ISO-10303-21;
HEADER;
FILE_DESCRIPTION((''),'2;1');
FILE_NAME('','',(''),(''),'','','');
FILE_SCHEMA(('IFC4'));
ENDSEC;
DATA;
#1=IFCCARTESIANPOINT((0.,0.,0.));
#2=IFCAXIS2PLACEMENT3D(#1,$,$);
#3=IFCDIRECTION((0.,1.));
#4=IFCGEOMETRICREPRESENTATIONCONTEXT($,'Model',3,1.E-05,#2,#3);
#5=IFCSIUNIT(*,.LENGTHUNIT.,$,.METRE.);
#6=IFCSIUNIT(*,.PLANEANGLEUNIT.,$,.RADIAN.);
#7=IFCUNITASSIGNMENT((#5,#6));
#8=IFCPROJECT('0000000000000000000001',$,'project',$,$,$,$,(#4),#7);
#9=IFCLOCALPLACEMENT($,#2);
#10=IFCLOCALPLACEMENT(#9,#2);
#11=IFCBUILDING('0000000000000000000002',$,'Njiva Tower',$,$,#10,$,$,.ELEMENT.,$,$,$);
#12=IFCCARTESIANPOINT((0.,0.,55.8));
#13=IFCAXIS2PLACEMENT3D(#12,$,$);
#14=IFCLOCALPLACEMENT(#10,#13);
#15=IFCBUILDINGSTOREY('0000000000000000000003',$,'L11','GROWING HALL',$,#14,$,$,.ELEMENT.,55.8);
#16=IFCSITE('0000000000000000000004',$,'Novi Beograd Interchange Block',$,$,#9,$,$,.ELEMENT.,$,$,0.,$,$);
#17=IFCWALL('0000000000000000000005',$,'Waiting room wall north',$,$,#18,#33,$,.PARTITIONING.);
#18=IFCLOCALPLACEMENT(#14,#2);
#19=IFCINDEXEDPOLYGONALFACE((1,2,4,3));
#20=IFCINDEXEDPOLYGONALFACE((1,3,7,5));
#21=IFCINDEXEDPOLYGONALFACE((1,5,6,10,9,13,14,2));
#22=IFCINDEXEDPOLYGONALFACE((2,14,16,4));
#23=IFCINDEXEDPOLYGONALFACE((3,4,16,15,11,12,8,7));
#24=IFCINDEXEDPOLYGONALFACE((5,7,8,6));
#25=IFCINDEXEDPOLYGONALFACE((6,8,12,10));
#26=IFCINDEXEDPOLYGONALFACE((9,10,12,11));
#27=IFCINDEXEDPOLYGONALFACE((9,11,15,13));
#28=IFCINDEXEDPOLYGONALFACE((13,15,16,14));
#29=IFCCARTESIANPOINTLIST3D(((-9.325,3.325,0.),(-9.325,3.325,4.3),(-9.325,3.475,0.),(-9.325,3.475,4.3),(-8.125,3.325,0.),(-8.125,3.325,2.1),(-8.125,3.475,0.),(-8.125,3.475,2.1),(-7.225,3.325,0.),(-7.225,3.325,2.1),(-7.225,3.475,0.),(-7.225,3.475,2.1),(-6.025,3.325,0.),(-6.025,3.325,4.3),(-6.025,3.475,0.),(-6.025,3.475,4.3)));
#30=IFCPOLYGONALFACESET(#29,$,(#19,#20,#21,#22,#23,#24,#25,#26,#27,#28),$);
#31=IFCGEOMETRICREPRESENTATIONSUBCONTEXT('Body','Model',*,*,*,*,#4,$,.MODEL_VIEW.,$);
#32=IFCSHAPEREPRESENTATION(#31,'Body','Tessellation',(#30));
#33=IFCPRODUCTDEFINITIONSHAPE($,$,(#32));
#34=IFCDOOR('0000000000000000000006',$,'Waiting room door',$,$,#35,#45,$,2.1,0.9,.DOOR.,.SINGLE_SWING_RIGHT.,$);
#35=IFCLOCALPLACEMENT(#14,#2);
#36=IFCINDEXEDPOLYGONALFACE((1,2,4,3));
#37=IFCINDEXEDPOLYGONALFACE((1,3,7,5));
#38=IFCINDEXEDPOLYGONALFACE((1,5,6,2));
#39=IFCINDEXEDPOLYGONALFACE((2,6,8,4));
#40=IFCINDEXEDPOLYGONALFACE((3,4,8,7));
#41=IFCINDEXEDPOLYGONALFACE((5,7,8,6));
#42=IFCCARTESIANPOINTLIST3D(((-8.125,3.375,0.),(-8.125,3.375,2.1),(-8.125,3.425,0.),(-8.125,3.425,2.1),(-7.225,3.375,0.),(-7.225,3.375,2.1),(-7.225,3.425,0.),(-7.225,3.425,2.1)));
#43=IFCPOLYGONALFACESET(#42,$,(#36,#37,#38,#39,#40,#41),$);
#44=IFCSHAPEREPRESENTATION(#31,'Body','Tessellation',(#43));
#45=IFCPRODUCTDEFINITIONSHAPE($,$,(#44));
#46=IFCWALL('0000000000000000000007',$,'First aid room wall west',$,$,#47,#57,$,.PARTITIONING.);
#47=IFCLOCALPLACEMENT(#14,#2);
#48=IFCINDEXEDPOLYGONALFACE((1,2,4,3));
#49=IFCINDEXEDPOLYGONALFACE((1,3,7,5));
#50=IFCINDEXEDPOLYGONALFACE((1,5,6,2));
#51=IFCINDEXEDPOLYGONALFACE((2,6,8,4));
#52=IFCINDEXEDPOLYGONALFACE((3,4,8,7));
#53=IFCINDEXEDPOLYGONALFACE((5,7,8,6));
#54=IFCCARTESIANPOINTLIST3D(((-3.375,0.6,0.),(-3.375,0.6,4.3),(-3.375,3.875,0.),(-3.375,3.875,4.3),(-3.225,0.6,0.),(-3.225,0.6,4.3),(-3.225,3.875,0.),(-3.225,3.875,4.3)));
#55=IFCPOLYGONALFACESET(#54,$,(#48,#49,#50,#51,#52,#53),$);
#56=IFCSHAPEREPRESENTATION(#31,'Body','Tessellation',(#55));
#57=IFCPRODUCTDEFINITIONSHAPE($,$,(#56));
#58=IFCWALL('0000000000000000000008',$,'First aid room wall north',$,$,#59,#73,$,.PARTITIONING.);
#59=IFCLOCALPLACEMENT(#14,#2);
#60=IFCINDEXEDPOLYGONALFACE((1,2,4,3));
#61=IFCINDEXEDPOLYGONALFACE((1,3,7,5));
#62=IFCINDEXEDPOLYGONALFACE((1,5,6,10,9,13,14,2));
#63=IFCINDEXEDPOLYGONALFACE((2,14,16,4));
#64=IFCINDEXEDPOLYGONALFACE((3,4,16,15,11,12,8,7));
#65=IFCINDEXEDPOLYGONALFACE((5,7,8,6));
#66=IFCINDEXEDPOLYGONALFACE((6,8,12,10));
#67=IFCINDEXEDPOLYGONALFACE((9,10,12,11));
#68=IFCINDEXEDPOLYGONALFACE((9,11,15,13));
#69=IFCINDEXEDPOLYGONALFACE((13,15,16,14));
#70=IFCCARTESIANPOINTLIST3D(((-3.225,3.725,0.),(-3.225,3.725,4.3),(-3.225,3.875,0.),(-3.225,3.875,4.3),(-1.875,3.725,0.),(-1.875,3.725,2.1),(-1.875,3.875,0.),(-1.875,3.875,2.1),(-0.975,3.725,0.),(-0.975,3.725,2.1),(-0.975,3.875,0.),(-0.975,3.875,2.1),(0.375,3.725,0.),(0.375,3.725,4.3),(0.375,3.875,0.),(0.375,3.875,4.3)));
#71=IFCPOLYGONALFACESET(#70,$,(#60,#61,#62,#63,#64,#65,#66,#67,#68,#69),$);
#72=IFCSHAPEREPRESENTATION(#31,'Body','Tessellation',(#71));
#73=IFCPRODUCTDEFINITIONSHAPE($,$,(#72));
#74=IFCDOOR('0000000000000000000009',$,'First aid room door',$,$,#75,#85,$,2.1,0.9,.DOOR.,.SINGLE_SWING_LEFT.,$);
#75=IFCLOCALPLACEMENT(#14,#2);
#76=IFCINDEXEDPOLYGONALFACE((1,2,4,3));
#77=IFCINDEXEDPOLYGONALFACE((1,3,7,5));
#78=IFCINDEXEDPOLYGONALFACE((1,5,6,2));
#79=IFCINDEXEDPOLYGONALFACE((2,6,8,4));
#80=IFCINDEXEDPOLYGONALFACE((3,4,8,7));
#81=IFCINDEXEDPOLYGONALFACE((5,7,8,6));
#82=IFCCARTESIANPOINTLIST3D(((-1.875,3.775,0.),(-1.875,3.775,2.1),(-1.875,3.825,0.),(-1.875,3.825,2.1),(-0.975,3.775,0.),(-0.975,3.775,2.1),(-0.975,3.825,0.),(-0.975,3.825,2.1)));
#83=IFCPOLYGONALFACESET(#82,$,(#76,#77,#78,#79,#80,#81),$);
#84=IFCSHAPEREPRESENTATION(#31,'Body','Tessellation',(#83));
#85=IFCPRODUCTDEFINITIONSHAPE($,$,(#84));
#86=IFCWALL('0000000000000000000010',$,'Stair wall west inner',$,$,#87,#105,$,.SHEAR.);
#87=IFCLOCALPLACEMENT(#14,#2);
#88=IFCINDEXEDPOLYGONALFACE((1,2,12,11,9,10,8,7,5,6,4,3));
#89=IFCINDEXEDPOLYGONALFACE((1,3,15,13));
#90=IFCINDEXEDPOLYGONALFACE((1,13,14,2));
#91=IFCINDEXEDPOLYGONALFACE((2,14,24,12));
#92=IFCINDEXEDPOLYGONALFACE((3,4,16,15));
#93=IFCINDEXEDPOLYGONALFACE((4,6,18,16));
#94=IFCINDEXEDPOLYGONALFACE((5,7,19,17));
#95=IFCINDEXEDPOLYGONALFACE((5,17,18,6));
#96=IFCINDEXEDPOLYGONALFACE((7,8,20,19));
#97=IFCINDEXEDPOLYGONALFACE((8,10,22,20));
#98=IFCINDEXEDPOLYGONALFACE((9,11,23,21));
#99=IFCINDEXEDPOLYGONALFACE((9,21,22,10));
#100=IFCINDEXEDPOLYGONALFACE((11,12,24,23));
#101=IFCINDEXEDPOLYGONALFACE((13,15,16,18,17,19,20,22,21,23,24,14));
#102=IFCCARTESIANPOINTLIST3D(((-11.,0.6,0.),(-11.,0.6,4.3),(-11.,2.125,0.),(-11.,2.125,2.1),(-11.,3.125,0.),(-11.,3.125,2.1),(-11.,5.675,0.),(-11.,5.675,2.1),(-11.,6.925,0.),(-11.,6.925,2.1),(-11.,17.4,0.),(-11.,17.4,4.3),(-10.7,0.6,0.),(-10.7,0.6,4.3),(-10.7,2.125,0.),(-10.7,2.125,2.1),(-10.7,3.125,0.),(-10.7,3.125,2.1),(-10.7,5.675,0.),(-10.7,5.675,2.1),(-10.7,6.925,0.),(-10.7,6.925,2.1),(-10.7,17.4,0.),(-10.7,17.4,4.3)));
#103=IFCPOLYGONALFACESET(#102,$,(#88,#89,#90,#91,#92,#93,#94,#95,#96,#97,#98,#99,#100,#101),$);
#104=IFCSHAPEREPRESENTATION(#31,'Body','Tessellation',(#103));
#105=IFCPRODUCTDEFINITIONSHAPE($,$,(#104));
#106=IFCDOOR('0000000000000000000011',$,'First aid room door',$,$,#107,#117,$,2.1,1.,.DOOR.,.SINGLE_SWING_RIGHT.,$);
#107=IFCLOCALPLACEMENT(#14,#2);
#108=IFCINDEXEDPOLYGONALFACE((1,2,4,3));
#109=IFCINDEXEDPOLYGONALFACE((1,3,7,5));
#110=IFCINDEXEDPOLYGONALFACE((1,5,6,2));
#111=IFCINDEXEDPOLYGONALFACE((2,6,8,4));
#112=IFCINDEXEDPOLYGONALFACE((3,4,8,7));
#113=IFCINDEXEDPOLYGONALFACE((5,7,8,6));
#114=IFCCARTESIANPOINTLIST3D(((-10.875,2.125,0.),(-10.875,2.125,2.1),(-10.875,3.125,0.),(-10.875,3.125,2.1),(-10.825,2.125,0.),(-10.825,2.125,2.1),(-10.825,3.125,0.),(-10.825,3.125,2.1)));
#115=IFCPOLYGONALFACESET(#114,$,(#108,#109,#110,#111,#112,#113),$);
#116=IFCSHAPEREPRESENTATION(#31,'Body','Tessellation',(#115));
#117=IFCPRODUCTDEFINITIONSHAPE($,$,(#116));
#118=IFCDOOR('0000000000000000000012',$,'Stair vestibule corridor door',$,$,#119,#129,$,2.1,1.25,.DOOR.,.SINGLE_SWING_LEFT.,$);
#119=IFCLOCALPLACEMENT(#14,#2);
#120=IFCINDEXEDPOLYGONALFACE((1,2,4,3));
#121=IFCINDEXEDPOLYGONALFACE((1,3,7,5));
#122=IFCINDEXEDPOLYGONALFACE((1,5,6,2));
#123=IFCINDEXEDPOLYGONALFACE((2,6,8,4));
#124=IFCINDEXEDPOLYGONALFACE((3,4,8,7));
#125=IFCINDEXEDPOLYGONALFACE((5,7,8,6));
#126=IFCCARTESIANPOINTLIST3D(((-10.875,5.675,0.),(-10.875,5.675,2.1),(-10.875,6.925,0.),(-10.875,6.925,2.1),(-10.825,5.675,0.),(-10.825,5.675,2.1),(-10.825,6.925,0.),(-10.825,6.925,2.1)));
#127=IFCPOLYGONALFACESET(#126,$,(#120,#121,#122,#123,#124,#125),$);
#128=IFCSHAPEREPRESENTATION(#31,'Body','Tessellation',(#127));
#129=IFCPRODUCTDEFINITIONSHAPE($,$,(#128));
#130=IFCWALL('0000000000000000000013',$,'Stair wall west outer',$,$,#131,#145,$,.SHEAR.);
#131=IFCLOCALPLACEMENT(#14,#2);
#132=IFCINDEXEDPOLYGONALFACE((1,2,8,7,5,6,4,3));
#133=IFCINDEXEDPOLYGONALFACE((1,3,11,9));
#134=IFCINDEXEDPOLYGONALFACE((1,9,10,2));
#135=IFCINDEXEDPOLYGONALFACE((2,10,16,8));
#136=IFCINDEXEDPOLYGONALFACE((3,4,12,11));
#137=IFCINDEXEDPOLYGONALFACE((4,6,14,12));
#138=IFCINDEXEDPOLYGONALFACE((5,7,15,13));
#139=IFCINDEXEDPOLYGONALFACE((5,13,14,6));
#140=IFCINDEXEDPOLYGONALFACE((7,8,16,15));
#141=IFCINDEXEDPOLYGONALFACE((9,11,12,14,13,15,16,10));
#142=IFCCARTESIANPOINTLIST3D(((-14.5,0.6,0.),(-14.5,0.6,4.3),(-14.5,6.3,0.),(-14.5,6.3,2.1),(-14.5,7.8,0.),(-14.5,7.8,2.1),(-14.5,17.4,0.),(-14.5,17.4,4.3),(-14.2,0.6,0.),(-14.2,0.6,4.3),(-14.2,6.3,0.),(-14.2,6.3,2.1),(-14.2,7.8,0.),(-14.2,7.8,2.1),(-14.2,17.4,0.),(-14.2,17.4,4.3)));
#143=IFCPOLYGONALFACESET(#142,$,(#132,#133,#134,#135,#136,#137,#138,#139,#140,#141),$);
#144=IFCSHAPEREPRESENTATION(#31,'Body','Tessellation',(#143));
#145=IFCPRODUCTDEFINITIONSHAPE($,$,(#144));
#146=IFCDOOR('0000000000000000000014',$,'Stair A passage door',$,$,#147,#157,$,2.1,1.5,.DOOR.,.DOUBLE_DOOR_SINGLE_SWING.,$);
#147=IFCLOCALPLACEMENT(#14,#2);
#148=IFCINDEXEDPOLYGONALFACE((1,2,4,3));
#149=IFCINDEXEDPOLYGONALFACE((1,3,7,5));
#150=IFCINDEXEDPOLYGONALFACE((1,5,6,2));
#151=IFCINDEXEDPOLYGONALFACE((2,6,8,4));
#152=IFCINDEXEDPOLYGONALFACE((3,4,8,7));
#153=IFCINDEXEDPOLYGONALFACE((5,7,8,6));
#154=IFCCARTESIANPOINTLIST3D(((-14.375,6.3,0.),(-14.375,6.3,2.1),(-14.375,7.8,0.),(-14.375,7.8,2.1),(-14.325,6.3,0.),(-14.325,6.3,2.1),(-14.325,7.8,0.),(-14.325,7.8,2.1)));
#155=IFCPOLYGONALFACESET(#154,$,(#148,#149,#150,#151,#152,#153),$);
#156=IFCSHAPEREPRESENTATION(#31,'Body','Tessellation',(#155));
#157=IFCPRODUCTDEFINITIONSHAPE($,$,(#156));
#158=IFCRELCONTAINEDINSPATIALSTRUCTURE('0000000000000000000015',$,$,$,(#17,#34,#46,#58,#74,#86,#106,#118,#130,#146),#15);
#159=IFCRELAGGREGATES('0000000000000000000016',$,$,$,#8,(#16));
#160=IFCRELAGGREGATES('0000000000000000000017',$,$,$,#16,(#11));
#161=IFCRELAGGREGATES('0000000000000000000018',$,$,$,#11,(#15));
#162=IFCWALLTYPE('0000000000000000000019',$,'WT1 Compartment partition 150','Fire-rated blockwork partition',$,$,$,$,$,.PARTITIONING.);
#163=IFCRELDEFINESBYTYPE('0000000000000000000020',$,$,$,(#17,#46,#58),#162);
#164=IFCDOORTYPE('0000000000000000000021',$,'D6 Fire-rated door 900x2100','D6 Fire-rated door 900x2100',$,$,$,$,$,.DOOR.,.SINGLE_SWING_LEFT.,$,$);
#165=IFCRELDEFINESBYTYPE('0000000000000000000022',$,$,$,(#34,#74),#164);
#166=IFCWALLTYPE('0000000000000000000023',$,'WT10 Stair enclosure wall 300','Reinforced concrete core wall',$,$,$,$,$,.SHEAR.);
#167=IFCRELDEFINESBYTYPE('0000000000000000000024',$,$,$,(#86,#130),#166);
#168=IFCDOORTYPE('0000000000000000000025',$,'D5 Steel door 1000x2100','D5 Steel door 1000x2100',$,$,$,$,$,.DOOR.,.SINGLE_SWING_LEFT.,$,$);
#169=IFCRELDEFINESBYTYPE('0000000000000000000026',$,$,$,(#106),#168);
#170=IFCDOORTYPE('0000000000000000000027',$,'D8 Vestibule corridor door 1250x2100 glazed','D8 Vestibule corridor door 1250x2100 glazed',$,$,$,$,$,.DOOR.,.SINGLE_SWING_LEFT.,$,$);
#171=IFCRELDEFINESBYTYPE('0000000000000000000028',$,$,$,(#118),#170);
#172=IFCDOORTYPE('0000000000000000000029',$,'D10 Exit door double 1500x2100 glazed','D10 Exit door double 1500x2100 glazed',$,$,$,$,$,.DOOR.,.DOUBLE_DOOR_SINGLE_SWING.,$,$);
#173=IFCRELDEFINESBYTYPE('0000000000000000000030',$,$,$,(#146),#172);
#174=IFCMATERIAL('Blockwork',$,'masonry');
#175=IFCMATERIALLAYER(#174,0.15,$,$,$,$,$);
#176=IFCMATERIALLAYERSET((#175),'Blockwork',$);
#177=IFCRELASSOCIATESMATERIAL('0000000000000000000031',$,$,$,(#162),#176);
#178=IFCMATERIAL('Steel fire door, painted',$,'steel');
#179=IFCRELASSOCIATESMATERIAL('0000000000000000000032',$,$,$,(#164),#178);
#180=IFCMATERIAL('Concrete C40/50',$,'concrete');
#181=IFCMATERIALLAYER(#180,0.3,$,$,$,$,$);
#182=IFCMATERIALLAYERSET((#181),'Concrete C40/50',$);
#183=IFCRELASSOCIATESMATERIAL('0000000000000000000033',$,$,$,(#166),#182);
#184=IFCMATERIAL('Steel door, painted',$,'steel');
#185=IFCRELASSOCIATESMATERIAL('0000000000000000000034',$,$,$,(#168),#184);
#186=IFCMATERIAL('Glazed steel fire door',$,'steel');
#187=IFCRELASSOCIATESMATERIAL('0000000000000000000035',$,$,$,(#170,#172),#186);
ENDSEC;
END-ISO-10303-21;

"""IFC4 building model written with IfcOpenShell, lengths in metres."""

from ifc_helpers import new_model, si_unit, direction, frame, frame_2d, origin, place, context, subcontext, project, spatial, rectangle, extrude, material, layer, layer_set, type_object, element, fill, save


model = new_model("IFC4")

# Units and contexts
model_context = context("Model", 3, precision=1e-05, world=origin(), true_north=direction((0.0, 1.0)))
body_context = subcontext(model_context, "Body", "Model", "MODEL_VIEW")
ifc_project = project(units=[si_unit("LENGTHUNIT", "METRE"), si_unit("PLANEANGLEUNIT", "RADIAN")], contexts=[model_context])

# Site, building, storey
site_placement = place(None, origin())
site = spatial("IfcSite", under=ifc_project, at=site_placement, Name="Novi Beograd Interchange Block", CompositionType="ELEMENT", RefElevation=0.0)
building_placement = place(site_placement, origin())
building = spatial("IfcBuilding", under=site, at=building_placement, Name="Njiva Tower", CompositionType="ELEMENT")
storey_placement = place(building_placement, frame((0.0, 0.0, 55.8)))
storey = spatial("IfcBuildingStorey", under=building, at=storey_placement, Name="L11", Description="GROWING HALL", CompositionType="ELEMENT", Elevation=55.8)

# Shared definitions
ifc_material_1 = material(Name="Blockwork", Category="masonry")
ifc_layer_1 = layer(ifc_material_1, 0.15)
ifc_layer_set_1 = layer_set([ifc_layer_1], Name="Blockwork")
wall_type_1 = type_object("IfcWallType", Name="WT1 Compartment partition 150", Description="Fire-rated blockwork partition", PredefinedType="PARTITIONING", material=ifc_layer_set_1)

# Wall, opening, door
wall_1_placement = place(storey_placement, frame((-9.325, 3.4, 0.0), z_axis=(0.0, 0.0, 1.0), x_axis=(1.0, 0.0, 0.0)))
wall_1 = element("IfcWall", 1, at=wall_1_placement, inside=storey, type_object=wall_type_1, Name="Waiting room wall north", PredefinedType="PARTITIONING", context=body_context, shape_type="SweptSolid", body=[
    extrude(rectangle(XDim=3.3, YDim=0.15, at=frame_2d((1.65, 0.0))), origin(), (0.0, 0.0, 1.0), 4.3),
])
opening_1_placement = place(wall_1_placement, frame((1.2, 0.0, 0.0)))
opening_1 = element("IfcOpeningElement", 2, at=opening_1_placement, cuts=wall_1, PredefinedType="OPENING", context=body_context, shape_type="SweptSolid", body=[
    extrude(rectangle(XDim=0.9, YDim=2.1, at=frame_2d((0.45, 1.05))), frame((0.0, 0.085, 0.0), z_axis=(0.0, -1.0, 0.0), x_axis=(1.0, 0.0, 0.0)), (0.0, 0.0, 1.0), 0.17),
])
ifc_material_2 = material(Name="Steel fire door, painted", Category="steel")
door_type_1 = type_object("IfcDoorType", Name="D6 Fire-rated door 900x2100", Description="D6 Fire-rated door 900x2100", OperationType="SINGLE_SWING_LEFT", PredefinedType="DOOR", material=ifc_material_2)
door_1_placement = place(opening_1_placement, origin())
door_1 = element("IfcDoor", 3, at=door_1_placement, inside=storey, type_object=door_type_1, Name="Waiting room door", OperationType="SINGLE_SWING_RIGHT", OverallHeight=2.1, OverallWidth=0.9, PredefinedType="DOOR", context=body_context, shape_type="SweptSolid", body=[
    extrude(rectangle(XDim=0.9, YDim=2.1, at=frame_2d((0.45, 1.05))), frame((0.0, 0.025, 0.0), z_axis=(0.0, -1.0, 0.0), x_axis=(1.0, 0.0, 0.0)), (0.0, 0.0, 1.0), 0.05),
])
fill(opening_1, door_1)

# Wall
wall_2_placement = place(storey_placement, frame((-3.3, 0.6, 0.0), z_axis=(0.0, 0.0, 1.0), x_axis=(0.0, 1.0, 0.0)))
element("IfcWall", 4, at=wall_2_placement, inside=storey, type_object=wall_type_1, Name="First aid room wall west", PredefinedType="PARTITIONING", context=body_context, shape_type="SweptSolid", body=[
    extrude(rectangle(XDim=3.275, YDim=0.15, at=frame_2d((1.6375, 0.0))), origin(), (0.0, 0.0, 1.0), 4.3),
])

# Wall, opening, door
wall_3_placement = place(storey_placement, frame((-3.225, 3.8, 0.0), z_axis=(0.0, 0.0, 1.0), x_axis=(1.0, 0.0, 0.0)))
wall_3 = element("IfcWall", 5, at=wall_3_placement, inside=storey, type_object=wall_type_1, Name="First aid room wall north", PredefinedType="PARTITIONING", context=body_context, shape_type="SweptSolid", body=[
    extrude(rectangle(XDim=3.6, YDim=0.15, at=frame_2d((1.8, 0.0))), origin(), (0.0, 0.0, 1.0), 4.3),
])
opening_2_placement = place(wall_3_placement, frame((1.35, 0.0, 0.0)))
opening_2 = element("IfcOpeningElement", 6, at=opening_2_placement, cuts=wall_3, PredefinedType="OPENING", context=body_context, shape_type="SweptSolid", body=[
    extrude(rectangle(XDim=0.9, YDim=2.1, at=frame_2d((0.45, 1.05))), frame((0.0, 0.085, 0.0), z_axis=(0.0, -1.0, 0.0), x_axis=(1.0, 0.0, 0.0)), (0.0, 0.0, 1.0), 0.17),
])
door_2_placement = place(opening_2_placement, origin())
door_2 = element("IfcDoor", 7, at=door_2_placement, inside=storey, type_object=door_type_1, Name="First aid room door", OperationType="SINGLE_SWING_LEFT", OverallHeight=2.1, OverallWidth=0.9, PredefinedType="DOOR", context=body_context, shape_type="SweptSolid", body=[
    extrude(rectangle(XDim=0.9, YDim=2.1, at=frame_2d((0.45, 1.05))), frame((0.0, 0.025, 0.0), z_axis=(0.0, -1.0, 0.0), x_axis=(1.0, 0.0, 0.0)), (0.0, 0.0, 1.0), 0.05),
])
fill(opening_2, door_2)

# Wall, openings, doors
ifc_material_3 = material(Name="Concrete C40/50", Category="concrete")
ifc_layer_2 = layer(ifc_material_3, 0.3)
ifc_layer_set_2 = layer_set([ifc_layer_2], Name="Concrete C40/50")
wall_type_2 = type_object("IfcWallType", Name="WT10 Stair enclosure wall 300", Description="Reinforced concrete core wall", PredefinedType="SHEAR", material=ifc_layer_set_2)
wall_4_placement = place(storey_placement, frame((-10.85, 0.6, 0.0), z_axis=(0.0, 0.0, 1.0), x_axis=(0.0, 1.0, 0.0)))
wall_4 = element("IfcWall", 8, at=wall_4_placement, inside=storey, type_object=wall_type_2, Name="Stair wall west inner", PredefinedType="SHEAR", context=body_context, shape_type="SweptSolid", body=[
    extrude(rectangle(XDim=16.8, YDim=0.3, at=frame_2d((8.4, 0.0))), origin(), (0.0, 0.0, 1.0), 4.3),
])
opening_3_placement = place(wall_4_placement, frame((5.075, 0.0, 0.0)))
opening_3 = element("IfcOpeningElement", 9, at=opening_3_placement, cuts=wall_4, PredefinedType="OPENING", context=body_context, shape_type="SweptSolid", body=[
    extrude(rectangle(XDim=1.25, YDim=2.1, at=frame_2d((0.625, 1.05))), frame((0.0, 0.16, 0.0), z_axis=(0.0, -1.0, 0.0), x_axis=(1.0, 0.0, 0.0)), (0.0, 0.0, 1.0), 0.32),
])
opening_4_placement = place(wall_4_placement, frame((1.525, 0.0, 0.0)))
opening_4 = element("IfcOpeningElement", 10, at=opening_4_placement, cuts=wall_4, PredefinedType="OPENING", context=body_context, shape_type="SweptSolid", body=[
    extrude(rectangle(XDim=1.0, YDim=2.1, at=frame_2d((0.5, 1.05))), frame((0.0, 0.16, 0.0), z_axis=(0.0, -1.0, 0.0), x_axis=(1.0, 0.0, 0.0)), (0.0, 0.0, 1.0), 0.32),
])
ifc_material_4 = material(Name="Steel door, painted", Category="steel")
door_type_2 = type_object("IfcDoorType", Name="D5 Steel door 1000x2100", Description="D5 Steel door 1000x2100", OperationType="SINGLE_SWING_LEFT", PredefinedType="DOOR", material=ifc_material_4)
door_3_placement = place(opening_4_placement, origin())
door_3 = element("IfcDoor", 11, at=door_3_placement, inside=storey, type_object=door_type_2, Name="First aid room door", OperationType="SINGLE_SWING_RIGHT", OverallHeight=2.1, OverallWidth=1.0, PredefinedType="DOOR", context=body_context, shape_type="SweptSolid", body=[
    extrude(rectangle(XDim=1.0, YDim=2.1, at=frame_2d((0.5, 1.05))), frame((0.0, 0.025, 0.0), z_axis=(0.0, -1.0, 0.0), x_axis=(1.0, 0.0, 0.0)), (0.0, 0.0, 1.0), 0.05),
])
fill(opening_4, door_3)
ifc_material_5 = material(Name="Glazed steel fire door", Category="steel")
door_type_3 = type_object("IfcDoorType", Name="D8 Vestibule corridor door 1250x2100 glazed", Description="D8 Vestibule corridor door 1250x2100 glazed", OperationType="SINGLE_SWING_LEFT", PredefinedType="DOOR", material=ifc_material_5)
door_4_placement = place(opening_3_placement, origin())
door_4 = element("IfcDoor", 12, at=door_4_placement, inside=storey, type_object=door_type_3, Name="Stair vestibule corridor door", OperationType="SINGLE_SWING_LEFT", OverallHeight=2.1, OverallWidth=1.25, PredefinedType="DOOR", context=body_context, shape_type="SweptSolid", body=[
    extrude(rectangle(XDim=1.25, YDim=2.1, at=frame_2d((0.625, 1.05))), frame((0.0, 0.025, 0.0), z_axis=(0.0, -1.0, 0.0), x_axis=(1.0, 0.0, 0.0)), (0.0, 0.0, 1.0), 0.05),
])
fill(opening_3, door_4)

# Wall, opening, door
wall_5_placement = place(storey_placement, frame((-14.35, 0.6, 0.0), z_axis=(0.0, 0.0, 1.0), x_axis=(0.0, 1.0, 0.0)))
wall_5 = element("IfcWall", 13, at=wall_5_placement, inside=storey, type_object=wall_type_2, Name="Stair wall west outer", PredefinedType="SHEAR", context=body_context, shape_type="SweptSolid", body=[
    extrude(rectangle(XDim=16.8, YDim=0.3, at=frame_2d((8.4, 0.0))), origin(), (0.0, 0.0, 1.0), 4.3),
])
opening_5_placement = place(wall_5_placement, frame((5.7, 0.0, 0.0)))
opening_5 = element("IfcOpeningElement", 14, at=opening_5_placement, cuts=wall_5, PredefinedType="OPENING", context=body_context, shape_type="SweptSolid", body=[
    extrude(rectangle(XDim=1.5, YDim=2.1, at=frame_2d((0.75, 1.05))), frame((0.0, 0.16, 0.0), z_axis=(0.0, -1.0, 0.0), x_axis=(1.0, 0.0, 0.0)), (0.0, 0.0, 1.0), 0.32),
])
door_type_4 = type_object("IfcDoorType", Name="D10 Exit door double 1500x2100 glazed", Description="D10 Exit door double 1500x2100 glazed", OperationType="DOUBLE_DOOR_SINGLE_SWING", PredefinedType="DOOR", material=ifc_material_5)
door_5_placement = place(opening_5_placement, origin())
door_5 = element("IfcDoor", 15, at=door_5_placement, inside=storey, type_object=door_type_4, Name="Stair A passage door", OperationType="DOUBLE_DOOR_SINGLE_SWING", OverallHeight=2.1, OverallWidth=1.5, PredefinedType="DOOR", context=body_context, shape_type="SweptSolid", body=[
    extrude(rectangle(XDim=1.5, YDim=2.1, at=frame_2d((0.75, 1.05))), frame((0.0, 0.025, 0.0), z_axis=(0.0, -1.0, 0.0), x_axis=(1.0, 0.0, 0.0)), (0.0, 0.0, 1.0), 0.05),
])
fill(opening_5, door_5)

save(model, "model.ifc")
